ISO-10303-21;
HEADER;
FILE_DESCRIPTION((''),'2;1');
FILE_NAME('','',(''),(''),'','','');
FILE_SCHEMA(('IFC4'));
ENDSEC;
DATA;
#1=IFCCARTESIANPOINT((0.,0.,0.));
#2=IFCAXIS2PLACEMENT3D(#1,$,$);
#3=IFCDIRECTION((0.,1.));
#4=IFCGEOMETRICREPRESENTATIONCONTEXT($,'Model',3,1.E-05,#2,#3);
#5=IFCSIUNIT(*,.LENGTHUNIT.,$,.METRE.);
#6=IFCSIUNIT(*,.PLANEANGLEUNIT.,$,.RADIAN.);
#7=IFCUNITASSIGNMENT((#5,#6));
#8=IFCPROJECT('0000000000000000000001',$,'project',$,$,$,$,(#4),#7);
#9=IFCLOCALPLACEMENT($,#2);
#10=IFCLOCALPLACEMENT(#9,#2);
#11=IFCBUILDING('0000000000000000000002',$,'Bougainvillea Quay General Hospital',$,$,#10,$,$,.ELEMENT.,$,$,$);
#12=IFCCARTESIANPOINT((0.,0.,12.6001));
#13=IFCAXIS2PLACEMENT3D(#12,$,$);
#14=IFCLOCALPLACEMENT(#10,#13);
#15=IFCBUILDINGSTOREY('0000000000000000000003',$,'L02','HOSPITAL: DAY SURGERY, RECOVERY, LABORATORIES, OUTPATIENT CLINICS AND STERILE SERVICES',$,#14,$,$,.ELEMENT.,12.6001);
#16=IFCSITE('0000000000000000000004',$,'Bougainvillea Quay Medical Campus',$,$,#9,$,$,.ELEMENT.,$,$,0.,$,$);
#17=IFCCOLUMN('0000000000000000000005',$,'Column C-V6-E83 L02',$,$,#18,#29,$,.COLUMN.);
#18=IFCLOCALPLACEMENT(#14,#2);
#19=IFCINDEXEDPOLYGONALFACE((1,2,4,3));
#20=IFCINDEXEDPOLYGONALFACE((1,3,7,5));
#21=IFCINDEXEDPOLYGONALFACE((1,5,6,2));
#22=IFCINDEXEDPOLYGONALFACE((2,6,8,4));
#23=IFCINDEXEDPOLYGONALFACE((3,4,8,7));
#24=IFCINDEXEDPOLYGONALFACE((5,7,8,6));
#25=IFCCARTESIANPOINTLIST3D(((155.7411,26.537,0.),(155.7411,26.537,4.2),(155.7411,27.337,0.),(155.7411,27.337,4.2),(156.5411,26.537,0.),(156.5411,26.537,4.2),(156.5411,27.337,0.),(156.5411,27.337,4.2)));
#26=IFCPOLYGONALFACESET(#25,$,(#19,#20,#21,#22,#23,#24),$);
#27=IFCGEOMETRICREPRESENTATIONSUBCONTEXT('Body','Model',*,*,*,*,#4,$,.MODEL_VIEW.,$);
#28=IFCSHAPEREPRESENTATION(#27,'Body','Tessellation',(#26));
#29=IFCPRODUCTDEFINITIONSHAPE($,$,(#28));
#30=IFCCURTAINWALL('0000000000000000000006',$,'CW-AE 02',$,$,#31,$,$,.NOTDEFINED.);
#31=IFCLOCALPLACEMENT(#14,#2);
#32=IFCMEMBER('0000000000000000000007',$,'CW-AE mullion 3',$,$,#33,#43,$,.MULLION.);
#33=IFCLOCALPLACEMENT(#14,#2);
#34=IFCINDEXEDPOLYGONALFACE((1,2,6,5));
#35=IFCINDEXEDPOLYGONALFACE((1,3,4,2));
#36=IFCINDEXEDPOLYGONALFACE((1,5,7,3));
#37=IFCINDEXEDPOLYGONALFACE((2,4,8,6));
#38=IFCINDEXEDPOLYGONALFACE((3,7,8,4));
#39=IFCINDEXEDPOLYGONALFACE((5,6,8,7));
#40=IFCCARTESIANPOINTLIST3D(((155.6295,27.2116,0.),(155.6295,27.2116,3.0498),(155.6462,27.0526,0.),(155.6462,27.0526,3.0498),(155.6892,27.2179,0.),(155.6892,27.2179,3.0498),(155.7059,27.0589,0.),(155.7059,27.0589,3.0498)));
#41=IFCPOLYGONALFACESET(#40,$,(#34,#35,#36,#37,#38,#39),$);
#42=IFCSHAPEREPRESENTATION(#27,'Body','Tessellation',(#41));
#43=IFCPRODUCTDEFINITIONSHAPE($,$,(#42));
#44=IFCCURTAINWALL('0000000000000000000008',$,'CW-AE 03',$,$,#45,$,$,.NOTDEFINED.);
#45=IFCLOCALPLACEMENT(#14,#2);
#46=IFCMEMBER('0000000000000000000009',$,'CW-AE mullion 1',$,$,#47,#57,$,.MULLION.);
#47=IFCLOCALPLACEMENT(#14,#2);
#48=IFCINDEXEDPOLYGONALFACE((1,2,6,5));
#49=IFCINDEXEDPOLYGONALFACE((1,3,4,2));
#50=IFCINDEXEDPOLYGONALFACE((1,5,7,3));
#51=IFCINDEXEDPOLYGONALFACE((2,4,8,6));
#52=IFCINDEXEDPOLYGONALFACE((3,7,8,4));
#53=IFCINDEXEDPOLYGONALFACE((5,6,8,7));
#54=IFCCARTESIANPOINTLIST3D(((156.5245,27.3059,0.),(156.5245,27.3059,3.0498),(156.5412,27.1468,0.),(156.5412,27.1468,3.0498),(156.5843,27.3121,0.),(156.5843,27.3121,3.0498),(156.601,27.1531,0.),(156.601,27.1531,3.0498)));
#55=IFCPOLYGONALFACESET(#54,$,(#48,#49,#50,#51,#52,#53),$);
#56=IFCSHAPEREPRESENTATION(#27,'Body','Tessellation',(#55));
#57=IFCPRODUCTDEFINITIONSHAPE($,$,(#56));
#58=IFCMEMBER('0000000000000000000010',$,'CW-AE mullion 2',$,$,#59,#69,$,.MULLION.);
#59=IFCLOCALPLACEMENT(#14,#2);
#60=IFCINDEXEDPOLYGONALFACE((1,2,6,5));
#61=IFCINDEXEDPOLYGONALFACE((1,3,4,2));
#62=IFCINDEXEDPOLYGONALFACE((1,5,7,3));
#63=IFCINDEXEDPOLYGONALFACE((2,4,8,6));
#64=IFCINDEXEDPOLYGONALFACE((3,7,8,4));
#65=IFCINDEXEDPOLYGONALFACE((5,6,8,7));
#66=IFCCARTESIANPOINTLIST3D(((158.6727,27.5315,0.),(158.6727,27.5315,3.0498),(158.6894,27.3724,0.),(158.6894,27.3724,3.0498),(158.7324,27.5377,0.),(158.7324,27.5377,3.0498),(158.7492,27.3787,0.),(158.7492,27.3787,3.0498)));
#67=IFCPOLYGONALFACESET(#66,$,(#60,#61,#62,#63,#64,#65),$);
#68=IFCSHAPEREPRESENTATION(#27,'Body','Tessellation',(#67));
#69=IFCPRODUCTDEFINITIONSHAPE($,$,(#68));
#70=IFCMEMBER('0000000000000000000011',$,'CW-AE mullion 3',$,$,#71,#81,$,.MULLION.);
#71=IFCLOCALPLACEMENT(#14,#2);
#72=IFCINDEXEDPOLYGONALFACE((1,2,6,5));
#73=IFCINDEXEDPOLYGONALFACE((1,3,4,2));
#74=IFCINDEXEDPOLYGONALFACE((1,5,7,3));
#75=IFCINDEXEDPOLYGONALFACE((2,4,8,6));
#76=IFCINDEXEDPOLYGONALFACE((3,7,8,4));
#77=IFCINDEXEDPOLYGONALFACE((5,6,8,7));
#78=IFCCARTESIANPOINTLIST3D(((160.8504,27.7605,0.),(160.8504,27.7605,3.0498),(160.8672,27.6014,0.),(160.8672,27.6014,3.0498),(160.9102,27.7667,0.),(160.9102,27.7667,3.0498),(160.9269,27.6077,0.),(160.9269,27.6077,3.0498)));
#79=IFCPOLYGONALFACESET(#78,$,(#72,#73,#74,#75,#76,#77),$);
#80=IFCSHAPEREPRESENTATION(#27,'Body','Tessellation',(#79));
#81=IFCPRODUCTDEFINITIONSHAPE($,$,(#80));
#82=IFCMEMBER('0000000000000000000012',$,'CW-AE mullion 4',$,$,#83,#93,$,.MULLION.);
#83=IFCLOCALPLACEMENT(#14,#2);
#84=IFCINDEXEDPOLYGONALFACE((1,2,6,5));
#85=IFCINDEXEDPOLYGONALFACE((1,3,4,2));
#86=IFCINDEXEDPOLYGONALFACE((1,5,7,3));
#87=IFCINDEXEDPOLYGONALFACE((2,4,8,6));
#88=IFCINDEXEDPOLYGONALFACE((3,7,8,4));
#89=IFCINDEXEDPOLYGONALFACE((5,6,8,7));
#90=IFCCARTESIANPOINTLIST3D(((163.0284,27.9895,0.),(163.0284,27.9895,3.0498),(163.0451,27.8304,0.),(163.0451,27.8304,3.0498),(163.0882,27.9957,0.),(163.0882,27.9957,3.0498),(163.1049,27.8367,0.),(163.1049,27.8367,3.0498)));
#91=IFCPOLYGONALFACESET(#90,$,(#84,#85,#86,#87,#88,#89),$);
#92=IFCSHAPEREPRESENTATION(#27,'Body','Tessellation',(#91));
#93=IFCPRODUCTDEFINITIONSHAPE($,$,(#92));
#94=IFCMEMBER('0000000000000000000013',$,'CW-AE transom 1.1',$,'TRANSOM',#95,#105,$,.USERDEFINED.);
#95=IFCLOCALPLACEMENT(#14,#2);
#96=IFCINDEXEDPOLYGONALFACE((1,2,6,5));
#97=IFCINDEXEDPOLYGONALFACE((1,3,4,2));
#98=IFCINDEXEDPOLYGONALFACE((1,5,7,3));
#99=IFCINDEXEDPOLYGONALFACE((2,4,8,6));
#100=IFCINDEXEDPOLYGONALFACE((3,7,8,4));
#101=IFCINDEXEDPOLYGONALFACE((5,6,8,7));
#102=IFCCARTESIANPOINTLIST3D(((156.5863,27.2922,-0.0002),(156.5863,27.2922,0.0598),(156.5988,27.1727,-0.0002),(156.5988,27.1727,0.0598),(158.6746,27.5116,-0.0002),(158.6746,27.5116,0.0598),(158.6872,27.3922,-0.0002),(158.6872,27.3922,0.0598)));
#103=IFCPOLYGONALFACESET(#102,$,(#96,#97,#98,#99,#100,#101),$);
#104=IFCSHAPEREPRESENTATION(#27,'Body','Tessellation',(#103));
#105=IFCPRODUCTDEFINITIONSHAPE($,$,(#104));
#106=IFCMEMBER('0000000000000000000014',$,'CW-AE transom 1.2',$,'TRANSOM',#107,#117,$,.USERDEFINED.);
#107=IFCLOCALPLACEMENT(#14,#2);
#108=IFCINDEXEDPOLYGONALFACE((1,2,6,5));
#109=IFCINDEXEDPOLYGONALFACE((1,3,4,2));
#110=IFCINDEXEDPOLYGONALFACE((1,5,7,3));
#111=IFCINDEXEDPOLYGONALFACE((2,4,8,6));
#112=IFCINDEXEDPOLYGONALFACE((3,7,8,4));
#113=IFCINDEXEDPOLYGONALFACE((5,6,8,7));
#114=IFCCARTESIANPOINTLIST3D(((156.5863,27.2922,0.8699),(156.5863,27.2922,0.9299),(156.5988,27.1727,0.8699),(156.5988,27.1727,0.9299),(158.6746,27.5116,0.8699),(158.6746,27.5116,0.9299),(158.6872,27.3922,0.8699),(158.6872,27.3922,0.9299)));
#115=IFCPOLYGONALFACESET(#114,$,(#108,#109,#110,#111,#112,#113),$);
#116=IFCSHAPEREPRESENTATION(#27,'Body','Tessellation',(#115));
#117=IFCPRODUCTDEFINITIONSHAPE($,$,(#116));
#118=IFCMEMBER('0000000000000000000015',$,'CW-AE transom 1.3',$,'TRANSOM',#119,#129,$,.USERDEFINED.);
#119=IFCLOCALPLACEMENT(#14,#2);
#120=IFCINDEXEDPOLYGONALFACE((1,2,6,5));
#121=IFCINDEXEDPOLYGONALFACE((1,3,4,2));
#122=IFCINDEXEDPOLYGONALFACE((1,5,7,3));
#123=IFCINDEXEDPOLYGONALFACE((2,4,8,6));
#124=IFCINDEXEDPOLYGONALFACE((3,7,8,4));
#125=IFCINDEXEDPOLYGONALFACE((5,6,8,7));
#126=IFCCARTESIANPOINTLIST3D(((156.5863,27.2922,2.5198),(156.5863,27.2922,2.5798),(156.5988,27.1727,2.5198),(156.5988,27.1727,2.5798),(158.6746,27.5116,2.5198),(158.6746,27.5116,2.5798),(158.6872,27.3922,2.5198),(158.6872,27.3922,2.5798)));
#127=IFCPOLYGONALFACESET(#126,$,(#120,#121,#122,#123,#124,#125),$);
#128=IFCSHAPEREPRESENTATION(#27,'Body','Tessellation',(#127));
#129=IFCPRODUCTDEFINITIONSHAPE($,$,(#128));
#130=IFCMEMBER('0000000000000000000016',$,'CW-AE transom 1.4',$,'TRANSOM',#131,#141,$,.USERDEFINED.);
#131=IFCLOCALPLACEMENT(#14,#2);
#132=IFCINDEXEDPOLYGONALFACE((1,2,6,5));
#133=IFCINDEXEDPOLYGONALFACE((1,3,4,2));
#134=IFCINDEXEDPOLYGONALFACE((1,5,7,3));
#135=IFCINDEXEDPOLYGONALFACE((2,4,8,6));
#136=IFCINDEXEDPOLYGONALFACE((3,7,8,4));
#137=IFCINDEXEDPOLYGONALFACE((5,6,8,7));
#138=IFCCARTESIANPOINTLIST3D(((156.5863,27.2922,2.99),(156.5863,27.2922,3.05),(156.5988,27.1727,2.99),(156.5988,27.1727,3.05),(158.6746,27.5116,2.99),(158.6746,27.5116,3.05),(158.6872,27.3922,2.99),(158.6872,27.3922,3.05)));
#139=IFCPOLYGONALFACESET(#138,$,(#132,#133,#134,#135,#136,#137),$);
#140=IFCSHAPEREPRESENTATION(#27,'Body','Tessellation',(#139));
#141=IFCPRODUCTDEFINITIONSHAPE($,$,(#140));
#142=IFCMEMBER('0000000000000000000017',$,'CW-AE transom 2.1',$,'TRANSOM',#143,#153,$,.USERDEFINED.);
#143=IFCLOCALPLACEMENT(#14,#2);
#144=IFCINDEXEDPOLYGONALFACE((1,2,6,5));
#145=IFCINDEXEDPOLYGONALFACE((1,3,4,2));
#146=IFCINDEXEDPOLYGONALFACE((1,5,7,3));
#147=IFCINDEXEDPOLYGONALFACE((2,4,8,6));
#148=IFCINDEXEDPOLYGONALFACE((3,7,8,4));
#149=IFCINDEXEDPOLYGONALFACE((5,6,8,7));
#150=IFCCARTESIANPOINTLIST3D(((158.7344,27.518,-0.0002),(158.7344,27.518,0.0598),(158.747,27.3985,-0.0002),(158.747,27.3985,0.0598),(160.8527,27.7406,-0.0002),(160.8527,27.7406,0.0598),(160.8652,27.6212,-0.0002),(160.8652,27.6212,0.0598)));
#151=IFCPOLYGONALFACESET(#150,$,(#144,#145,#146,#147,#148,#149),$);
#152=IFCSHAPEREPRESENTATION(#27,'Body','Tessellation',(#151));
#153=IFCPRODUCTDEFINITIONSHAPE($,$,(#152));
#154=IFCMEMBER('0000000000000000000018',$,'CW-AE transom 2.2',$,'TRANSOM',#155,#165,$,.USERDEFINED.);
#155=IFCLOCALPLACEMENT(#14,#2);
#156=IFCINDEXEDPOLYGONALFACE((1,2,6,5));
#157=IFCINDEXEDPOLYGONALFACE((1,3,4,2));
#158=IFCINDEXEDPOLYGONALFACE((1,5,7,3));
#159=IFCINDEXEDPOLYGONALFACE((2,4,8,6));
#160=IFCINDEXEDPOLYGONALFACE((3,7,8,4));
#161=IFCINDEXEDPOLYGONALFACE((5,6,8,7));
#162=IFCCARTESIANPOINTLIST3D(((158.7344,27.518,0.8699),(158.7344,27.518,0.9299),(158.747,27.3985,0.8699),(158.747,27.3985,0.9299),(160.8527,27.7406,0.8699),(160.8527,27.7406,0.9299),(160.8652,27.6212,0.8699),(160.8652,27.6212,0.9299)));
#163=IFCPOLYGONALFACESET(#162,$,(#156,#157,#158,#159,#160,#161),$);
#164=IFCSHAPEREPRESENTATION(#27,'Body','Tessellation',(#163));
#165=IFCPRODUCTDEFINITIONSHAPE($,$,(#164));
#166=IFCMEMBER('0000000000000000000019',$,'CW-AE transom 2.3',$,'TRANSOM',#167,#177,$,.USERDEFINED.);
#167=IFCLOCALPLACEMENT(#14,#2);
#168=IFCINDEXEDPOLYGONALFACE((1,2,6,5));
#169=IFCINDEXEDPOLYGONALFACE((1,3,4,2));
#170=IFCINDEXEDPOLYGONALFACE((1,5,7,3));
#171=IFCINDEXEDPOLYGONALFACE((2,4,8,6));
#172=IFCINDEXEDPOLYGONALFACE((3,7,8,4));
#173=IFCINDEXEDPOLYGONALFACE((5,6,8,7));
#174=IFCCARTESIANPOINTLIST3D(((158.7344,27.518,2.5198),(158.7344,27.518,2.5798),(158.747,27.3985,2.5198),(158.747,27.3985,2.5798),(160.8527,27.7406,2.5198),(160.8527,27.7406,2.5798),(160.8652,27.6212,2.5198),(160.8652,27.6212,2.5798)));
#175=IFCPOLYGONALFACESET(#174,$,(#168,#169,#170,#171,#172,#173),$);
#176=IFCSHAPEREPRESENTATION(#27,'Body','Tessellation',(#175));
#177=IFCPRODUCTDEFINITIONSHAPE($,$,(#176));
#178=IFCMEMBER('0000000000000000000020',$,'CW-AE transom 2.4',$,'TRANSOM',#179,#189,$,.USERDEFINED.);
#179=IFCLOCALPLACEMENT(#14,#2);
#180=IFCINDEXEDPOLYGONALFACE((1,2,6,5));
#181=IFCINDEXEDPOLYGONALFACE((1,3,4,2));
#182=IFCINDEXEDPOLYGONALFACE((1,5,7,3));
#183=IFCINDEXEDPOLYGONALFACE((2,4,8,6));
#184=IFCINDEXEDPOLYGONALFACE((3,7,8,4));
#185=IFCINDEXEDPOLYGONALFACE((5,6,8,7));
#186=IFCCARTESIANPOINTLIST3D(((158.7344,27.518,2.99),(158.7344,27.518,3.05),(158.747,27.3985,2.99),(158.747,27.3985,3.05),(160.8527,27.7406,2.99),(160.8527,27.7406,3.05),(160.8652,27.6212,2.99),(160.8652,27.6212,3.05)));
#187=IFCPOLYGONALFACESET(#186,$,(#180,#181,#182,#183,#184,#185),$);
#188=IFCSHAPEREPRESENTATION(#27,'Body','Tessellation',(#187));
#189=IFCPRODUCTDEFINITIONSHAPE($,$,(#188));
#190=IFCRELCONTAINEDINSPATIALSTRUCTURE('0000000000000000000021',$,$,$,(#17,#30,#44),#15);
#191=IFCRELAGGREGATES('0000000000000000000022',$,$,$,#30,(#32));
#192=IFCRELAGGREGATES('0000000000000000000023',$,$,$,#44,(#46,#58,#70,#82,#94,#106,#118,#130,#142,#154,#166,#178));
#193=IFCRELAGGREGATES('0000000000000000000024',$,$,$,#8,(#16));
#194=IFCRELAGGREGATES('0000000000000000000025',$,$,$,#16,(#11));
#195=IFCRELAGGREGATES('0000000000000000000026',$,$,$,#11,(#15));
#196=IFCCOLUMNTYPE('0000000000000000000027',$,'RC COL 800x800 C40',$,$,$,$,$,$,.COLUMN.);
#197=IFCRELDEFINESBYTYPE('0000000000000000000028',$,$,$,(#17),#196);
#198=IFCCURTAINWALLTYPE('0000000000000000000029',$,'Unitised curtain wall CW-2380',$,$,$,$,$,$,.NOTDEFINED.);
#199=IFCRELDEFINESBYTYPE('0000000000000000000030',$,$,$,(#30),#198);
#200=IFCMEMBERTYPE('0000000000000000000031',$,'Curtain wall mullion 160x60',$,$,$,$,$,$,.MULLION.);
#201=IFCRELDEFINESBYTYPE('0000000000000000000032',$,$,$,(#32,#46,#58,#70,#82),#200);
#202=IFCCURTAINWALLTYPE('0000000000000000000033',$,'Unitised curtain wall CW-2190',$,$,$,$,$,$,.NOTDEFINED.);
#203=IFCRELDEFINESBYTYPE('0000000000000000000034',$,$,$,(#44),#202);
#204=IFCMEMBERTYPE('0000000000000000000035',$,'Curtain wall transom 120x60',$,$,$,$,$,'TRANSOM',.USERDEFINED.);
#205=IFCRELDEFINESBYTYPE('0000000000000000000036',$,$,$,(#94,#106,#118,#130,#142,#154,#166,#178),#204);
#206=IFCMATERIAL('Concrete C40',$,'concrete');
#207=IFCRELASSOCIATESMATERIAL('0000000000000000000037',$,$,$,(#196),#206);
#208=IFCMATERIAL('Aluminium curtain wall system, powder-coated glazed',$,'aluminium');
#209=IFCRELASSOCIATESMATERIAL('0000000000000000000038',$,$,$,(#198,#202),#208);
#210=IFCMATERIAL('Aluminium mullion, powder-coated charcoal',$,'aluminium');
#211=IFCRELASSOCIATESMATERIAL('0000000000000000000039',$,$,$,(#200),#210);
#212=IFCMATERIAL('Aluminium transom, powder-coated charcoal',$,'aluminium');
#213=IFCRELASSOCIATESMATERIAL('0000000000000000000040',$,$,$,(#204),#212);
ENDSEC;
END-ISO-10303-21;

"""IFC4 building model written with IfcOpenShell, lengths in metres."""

from ifc_helpers import new_model, si_unit, direction, frame, origin, origin_2d, place, context, subcontext, project, spatial, rectangle, extrude, material, material_profile, profile_set, type_object, element, aggregate, save


model = new_model("IFC4")

# Units and contexts
model_context = context("Model", 3, precision=1e-05, world=origin(), true_north=direction((0.0, 1.0)))
body_context = subcontext(model_context, "Body", "Model", "MODEL_VIEW")
ifc_project = project(units=[si_unit("LENGTHUNIT", "METRE"), si_unit("PLANEANGLEUNIT", "RADIAN")], contexts=[model_context])

# Site, building, storey
site_placement = place(None, origin())
site = spatial("IfcSite", under=ifc_project, at=site_placement, Name="Bougainvillea Quay Medical Campus", CompositionType="ELEMENT", RefElevation=0.0)
building_placement = place(site_placement, origin())
building = spatial("IfcBuilding", under=site, at=building_placement, Name="Bougainvillea Quay General Hospital", CompositionType="ELEMENT")
storey_placement = place(building_placement, frame((0.0, 0.0, 12.6001)))
storey = spatial("IfcBuildingStorey", under=building, at=storey_placement, Name="L02", Description="HOSPITAL: DAY SURGERY, RECOVERY, LABORATORIES, OUTPATIENT CLINICS AND STERILE SERVICES", CompositionType="ELEMENT", Elevation=12.6001)

# Column
ifc_material_1 = material(Name="Concrete C40", Category="concrete")
ifc_material_profile_1 = material_profile(ifc_material_1, rectangle(XDim=0.8, YDim=0.8, at=origin_2d()))
ifc_profile_set_1 = profile_set([ifc_material_profile_1], Name="Concrete C40")
column_type = type_object("IfcColumnType", Name="RC COL 800x800 C40", PredefinedType="COLUMN", material=ifc_profile_set_1)
column_placement = place(storey_placement, frame((156.1411, 26.937, 0.0), z_axis=(0.0, 0.0, 1.0), x_axis=(1.0, 0.0, 0.0)))
element("IfcColumn", 1, at=column_placement, inside=storey, type_object=column_type, Name="Column C-V6-E83 L02", PredefinedType="COLUMN", context=body_context, shape_type="SweptSolid", body=[
    extrude(rectangle(XDim=0.8, YDim=0.8, at=origin_2d()), origin(), (0.0, 0.0, 1.0), 4.2),
])

# Curtain wall, member
ifc_material_2 = material(Name="Aluminium curtain wall system, powder-coated glazed", Category="aluminium")
curtain_wall_type_1 = type_object("IfcCurtainWallType", Name="Unitised curtain wall CW-2380", PredefinedType="NOTDEFINED", material=ifc_material_2)
curtain_wall_1_placement = place(storey_placement, origin())
curtain_wall_1 = element("IfcCurtainWall", 2, at=curtain_wall_1_placement, inside=storey, type_object=curtain_wall_type_1, Name="CW-AE 02", PredefinedType="NOTDEFINED")
ifc_material_3 = material(Name="Aluminium mullion, powder-coated charcoal", Category="aluminium")
ifc_material_profile_2 = material_profile(ifc_material_3, rectangle(XDim=0.1599, YDim=0.0601, at=origin_2d()))
ifc_profile_set_2 = profile_set([ifc_material_profile_2], Name="Aluminium mullion, powder-coated charcoal")
member_type_1 = type_object("IfcMemberType", Name="Curtain wall mullion 160x60", PredefinedType="MULLION", material=ifc_profile_set_2)
member_1_placement = place(storey_placement, frame((155.6677, 27.1353, 0.0), z_axis=(0.0, 0.0, 1.0), x_axis=(-0.104527, 0.994522, 0.0)))
member_1 = element("IfcMember", 3, at=member_1_placement, type_object=member_type_1, Name="CW-AE mullion 3", PredefinedType="MULLION", context=body_context, shape_type="SweptSolid", body=[
    extrude(rectangle(XDim=0.1599, YDim=0.0601, at=origin_2d()), origin(), (0.0, 0.0, 1.0), 3.0498),
])
aggregate(curtain_wall_1, [member_1])

# Curtain wall, members
curtain_wall_type_2 = type_object("IfcCurtainWallType", Name="Unitised curtain wall CW-2190", PredefinedType="NOTDEFINED", material=ifc_material_2)
curtain_wall_2_placement = place(storey_placement, origin())
curtain_wall_2 = element("IfcCurtainWall", 4, at=curtain_wall_2_placement, inside=storey, type_object=curtain_wall_type_2, Name="CW-AE 03", PredefinedType="NOTDEFINED")
member_2_placement = place(storey_placement, frame((156.5627, 27.2295, 0.0), z_axis=(0.0, 0.0, 1.0), x_axis=(-0.104527, 0.994522, 0.0)))
member_2 = element("IfcMember", 5, at=member_2_placement, type_object=member_type_1, Name="CW-AE mullion 1", PredefinedType="MULLION", context=body_context, shape_type="SweptSolid", body=[
    extrude(rectangle(XDim=0.1599, YDim=0.0601, at=origin_2d()), origin(), (0.0, 0.0, 1.0), 3.0498),
])
member_3_placement = place(storey_placement, frame((158.7109, 27.4551, 0.0), z_axis=(0.0, 0.0, 1.0), x_axis=(-0.104527, 0.994522, 0.0)))
member_3 = element("IfcMember", 6, at=member_3_placement, type_object=member_type_1, Name="CW-AE mullion 2", PredefinedType="MULLION", context=body_context, shape_type="SweptSolid", body=[
    extrude(rectangle(XDim=0.1599, YDim=0.0601, at=origin_2d()), origin(), (0.0, 0.0, 1.0), 3.0498),
])
member_4_placement = place(storey_placement, frame((160.8887, 27.6841, 0.0), z_axis=(0.0, 0.0, 1.0), x_axis=(-0.104527, 0.994522, 0.0)))
member_4 = element("IfcMember", 7, at=member_4_placement, type_object=member_type_1, Name="CW-AE mullion 3", PredefinedType="MULLION", context=body_context, shape_type="SweptSolid", body=[
    extrude(rectangle(XDim=0.1599, YDim=0.0601, at=origin_2d()), origin(), (0.0, 0.0, 1.0), 3.0498),
])
member_5_placement = place(storey_placement, frame((163.0667, 27.9131, 0.0), z_axis=(0.0, 0.0, 1.0), x_axis=(-0.104527, 0.994522, 0.0)))
member_5 = element("IfcMember", 8, at=member_5_placement, type_object=member_type_1, Name="CW-AE mullion 4", PredefinedType="MULLION", context=body_context, shape_type="SweptSolid", body=[
    extrude(rectangle(XDim=0.1599, YDim=0.0601, at=origin_2d()), origin(), (0.0, 0.0, 1.0), 3.0498),
])
ifc_material_4 = material(Name="Aluminium transom, powder-coated charcoal", Category="aluminium")
ifc_material_profile_3 = material_profile(ifc_material_4, rectangle(XDim=0.1201, YDim=0.0601, at=origin_2d()))
ifc_profile_set_3 = profile_set([ifc_material_profile_3], Name="Aluminium transom, powder-coated charcoal")
member_type_2 = type_object("IfcMemberType", Name="Curtain wall transom 120x60", ElementType="TRANSOM", PredefinedType="USERDEFINED", material=ifc_profile_set_3)
member_6_placement = place(storey_placement, frame((156.5925, 27.2324, 0.0298), z_axis=(0.994523, 0.104521, 0.0), x_axis=(-0.104521, 0.994523, 0.0)))
member_6 = element("IfcMember", 9, at=member_6_placement, type_object=member_type_2, Name="CW-AE transom 1.1", ObjectType="TRANSOM", PredefinedType="USERDEFINED", context=body_context, shape_type="SweptSolid", body=[
    extrude(rectangle(XDim=0.1201, YDim=0.0601, at=origin_2d()), origin(), (0.0, 0.0, 1.0), 2.0999),
])
member_7_placement = place(storey_placement, frame((156.5925, 27.2324, 0.8999), z_axis=(0.994523, 0.104521, 0.0), x_axis=(-0.104521, 0.994523, 0.0)))
member_7 = element("IfcMember", 10, at=member_7_placement, type_object=member_type_2, Name="CW-AE transom 1.2", ObjectType="TRANSOM", PredefinedType="USERDEFINED", context=body_context, shape_type="SweptSolid", body=[
    extrude(rectangle(XDim=0.1201, YDim=0.0601, at=origin_2d()), origin(), (0.0, 0.0, 1.0), 2.0999),
])
member_8_placement = place(storey_placement, frame((156.5925, 27.2324, 2.5498), z_axis=(0.994523, 0.104521, 0.0), x_axis=(-0.104521, 0.994523, 0.0)))
member_8 = element("IfcMember", 11, at=member_8_placement, type_object=member_type_2, Name="CW-AE transom 1.3", ObjectType="TRANSOM", PredefinedType="USERDEFINED", context=body_context, shape_type="SweptSolid", body=[
    extrude(rectangle(XDim=0.1201, YDim=0.0601, at=origin_2d()), origin(), (0.0, 0.0, 1.0), 2.0999),
])
member_9_placement = place(storey_placement, frame((156.5925, 27.2324, 3.02), z_axis=(0.994523, 0.104521, 0.0), x_axis=(-0.104521, 0.994523, 0.0)))
member_9 = element("IfcMember", 12, at=member_9_placement, type_object=member_type_2, Name="CW-AE transom 1.4", ObjectType="TRANSOM", PredefinedType="USERDEFINED", context=body_context, shape_type="SweptSolid", body=[
    extrude(rectangle(XDim=0.1201, YDim=0.0601, at=origin_2d()), origin(), (0.0, 0.0, 1.0), 2.0999),
])
member_10_placement = place(storey_placement, frame((158.7407, 27.4583, 0.0298), z_axis=(0.994521, 0.104542, 0.0), x_axis=(-0.104542, 0.994521, 0.0)))
member_10 = element("IfcMember", 13, at=member_10_placement, type_object=member_type_2, Name="CW-AE transom 2.1", ObjectType="TRANSOM", PredefinedType="USERDEFINED", context=body_context, shape_type="SweptSolid", body=[
    extrude(rectangle(XDim=0.1201, YDim=0.0601, at=origin_2d()), origin(), (0.0, 0.0, 1.0), 2.1299),
])
member_11_placement = place(storey_placement, frame((158.7407, 27.4583, 0.8999), z_axis=(0.994521, 0.104542, 0.0), x_axis=(-0.104542, 0.994521, 0.0)))
member_11 = element("IfcMember", 14, at=member_11_placement, type_object=member_type_2, Name="CW-AE transom 2.2", ObjectType="TRANSOM", PredefinedType="USERDEFINED", context=body_context, shape_type="SweptSolid", body=[
    extrude(rectangle(XDim=0.1201, YDim=0.0601, at=origin_2d()), origin(), (0.0, 0.0, 1.0), 2.1299),
])
member_12_placement = place(storey_placement, frame((158.7407, 27.4583, 2.5498), z_axis=(0.994521, 0.104542, 0.0), x_axis=(-0.104542, 0.994521, 0.0)))
member_12 = element("IfcMember", 15, at=member_12_placement, type_object=member_type_2, Name="CW-AE transom 2.3", ObjectType="TRANSOM", PredefinedType="USERDEFINED", context=body_context, shape_type="SweptSolid", body=[
    extrude(rectangle(XDim=0.1201, YDim=0.0601, at=origin_2d()), origin(), (0.0, 0.0, 1.0), 2.1299),
])
member_13_placement = place(storey_placement, frame((158.7407, 27.4583, 3.02), z_axis=(0.994521, 0.104542, 0.0), x_axis=(-0.104542, 0.994521, 0.0)))
member_13 = element("IfcMember", 16, at=member_13_placement, type_object=member_type_2, Name="CW-AE transom 2.4", ObjectType="TRANSOM", PredefinedType="USERDEFINED", context=body_context, shape_type="SweptSolid", body=[
    extrude(rectangle(XDim=0.1201, YDim=0.0601, at=origin_2d()), origin(), (0.0, 0.0, 1.0), 2.1299),
])
aggregate(curtain_wall_2, [member_2, member_3, member_4, member_5, member_6, member_7, member_8, member_9, member_10, member_11, member_12, member_13])

save(model, "model.ifc")
